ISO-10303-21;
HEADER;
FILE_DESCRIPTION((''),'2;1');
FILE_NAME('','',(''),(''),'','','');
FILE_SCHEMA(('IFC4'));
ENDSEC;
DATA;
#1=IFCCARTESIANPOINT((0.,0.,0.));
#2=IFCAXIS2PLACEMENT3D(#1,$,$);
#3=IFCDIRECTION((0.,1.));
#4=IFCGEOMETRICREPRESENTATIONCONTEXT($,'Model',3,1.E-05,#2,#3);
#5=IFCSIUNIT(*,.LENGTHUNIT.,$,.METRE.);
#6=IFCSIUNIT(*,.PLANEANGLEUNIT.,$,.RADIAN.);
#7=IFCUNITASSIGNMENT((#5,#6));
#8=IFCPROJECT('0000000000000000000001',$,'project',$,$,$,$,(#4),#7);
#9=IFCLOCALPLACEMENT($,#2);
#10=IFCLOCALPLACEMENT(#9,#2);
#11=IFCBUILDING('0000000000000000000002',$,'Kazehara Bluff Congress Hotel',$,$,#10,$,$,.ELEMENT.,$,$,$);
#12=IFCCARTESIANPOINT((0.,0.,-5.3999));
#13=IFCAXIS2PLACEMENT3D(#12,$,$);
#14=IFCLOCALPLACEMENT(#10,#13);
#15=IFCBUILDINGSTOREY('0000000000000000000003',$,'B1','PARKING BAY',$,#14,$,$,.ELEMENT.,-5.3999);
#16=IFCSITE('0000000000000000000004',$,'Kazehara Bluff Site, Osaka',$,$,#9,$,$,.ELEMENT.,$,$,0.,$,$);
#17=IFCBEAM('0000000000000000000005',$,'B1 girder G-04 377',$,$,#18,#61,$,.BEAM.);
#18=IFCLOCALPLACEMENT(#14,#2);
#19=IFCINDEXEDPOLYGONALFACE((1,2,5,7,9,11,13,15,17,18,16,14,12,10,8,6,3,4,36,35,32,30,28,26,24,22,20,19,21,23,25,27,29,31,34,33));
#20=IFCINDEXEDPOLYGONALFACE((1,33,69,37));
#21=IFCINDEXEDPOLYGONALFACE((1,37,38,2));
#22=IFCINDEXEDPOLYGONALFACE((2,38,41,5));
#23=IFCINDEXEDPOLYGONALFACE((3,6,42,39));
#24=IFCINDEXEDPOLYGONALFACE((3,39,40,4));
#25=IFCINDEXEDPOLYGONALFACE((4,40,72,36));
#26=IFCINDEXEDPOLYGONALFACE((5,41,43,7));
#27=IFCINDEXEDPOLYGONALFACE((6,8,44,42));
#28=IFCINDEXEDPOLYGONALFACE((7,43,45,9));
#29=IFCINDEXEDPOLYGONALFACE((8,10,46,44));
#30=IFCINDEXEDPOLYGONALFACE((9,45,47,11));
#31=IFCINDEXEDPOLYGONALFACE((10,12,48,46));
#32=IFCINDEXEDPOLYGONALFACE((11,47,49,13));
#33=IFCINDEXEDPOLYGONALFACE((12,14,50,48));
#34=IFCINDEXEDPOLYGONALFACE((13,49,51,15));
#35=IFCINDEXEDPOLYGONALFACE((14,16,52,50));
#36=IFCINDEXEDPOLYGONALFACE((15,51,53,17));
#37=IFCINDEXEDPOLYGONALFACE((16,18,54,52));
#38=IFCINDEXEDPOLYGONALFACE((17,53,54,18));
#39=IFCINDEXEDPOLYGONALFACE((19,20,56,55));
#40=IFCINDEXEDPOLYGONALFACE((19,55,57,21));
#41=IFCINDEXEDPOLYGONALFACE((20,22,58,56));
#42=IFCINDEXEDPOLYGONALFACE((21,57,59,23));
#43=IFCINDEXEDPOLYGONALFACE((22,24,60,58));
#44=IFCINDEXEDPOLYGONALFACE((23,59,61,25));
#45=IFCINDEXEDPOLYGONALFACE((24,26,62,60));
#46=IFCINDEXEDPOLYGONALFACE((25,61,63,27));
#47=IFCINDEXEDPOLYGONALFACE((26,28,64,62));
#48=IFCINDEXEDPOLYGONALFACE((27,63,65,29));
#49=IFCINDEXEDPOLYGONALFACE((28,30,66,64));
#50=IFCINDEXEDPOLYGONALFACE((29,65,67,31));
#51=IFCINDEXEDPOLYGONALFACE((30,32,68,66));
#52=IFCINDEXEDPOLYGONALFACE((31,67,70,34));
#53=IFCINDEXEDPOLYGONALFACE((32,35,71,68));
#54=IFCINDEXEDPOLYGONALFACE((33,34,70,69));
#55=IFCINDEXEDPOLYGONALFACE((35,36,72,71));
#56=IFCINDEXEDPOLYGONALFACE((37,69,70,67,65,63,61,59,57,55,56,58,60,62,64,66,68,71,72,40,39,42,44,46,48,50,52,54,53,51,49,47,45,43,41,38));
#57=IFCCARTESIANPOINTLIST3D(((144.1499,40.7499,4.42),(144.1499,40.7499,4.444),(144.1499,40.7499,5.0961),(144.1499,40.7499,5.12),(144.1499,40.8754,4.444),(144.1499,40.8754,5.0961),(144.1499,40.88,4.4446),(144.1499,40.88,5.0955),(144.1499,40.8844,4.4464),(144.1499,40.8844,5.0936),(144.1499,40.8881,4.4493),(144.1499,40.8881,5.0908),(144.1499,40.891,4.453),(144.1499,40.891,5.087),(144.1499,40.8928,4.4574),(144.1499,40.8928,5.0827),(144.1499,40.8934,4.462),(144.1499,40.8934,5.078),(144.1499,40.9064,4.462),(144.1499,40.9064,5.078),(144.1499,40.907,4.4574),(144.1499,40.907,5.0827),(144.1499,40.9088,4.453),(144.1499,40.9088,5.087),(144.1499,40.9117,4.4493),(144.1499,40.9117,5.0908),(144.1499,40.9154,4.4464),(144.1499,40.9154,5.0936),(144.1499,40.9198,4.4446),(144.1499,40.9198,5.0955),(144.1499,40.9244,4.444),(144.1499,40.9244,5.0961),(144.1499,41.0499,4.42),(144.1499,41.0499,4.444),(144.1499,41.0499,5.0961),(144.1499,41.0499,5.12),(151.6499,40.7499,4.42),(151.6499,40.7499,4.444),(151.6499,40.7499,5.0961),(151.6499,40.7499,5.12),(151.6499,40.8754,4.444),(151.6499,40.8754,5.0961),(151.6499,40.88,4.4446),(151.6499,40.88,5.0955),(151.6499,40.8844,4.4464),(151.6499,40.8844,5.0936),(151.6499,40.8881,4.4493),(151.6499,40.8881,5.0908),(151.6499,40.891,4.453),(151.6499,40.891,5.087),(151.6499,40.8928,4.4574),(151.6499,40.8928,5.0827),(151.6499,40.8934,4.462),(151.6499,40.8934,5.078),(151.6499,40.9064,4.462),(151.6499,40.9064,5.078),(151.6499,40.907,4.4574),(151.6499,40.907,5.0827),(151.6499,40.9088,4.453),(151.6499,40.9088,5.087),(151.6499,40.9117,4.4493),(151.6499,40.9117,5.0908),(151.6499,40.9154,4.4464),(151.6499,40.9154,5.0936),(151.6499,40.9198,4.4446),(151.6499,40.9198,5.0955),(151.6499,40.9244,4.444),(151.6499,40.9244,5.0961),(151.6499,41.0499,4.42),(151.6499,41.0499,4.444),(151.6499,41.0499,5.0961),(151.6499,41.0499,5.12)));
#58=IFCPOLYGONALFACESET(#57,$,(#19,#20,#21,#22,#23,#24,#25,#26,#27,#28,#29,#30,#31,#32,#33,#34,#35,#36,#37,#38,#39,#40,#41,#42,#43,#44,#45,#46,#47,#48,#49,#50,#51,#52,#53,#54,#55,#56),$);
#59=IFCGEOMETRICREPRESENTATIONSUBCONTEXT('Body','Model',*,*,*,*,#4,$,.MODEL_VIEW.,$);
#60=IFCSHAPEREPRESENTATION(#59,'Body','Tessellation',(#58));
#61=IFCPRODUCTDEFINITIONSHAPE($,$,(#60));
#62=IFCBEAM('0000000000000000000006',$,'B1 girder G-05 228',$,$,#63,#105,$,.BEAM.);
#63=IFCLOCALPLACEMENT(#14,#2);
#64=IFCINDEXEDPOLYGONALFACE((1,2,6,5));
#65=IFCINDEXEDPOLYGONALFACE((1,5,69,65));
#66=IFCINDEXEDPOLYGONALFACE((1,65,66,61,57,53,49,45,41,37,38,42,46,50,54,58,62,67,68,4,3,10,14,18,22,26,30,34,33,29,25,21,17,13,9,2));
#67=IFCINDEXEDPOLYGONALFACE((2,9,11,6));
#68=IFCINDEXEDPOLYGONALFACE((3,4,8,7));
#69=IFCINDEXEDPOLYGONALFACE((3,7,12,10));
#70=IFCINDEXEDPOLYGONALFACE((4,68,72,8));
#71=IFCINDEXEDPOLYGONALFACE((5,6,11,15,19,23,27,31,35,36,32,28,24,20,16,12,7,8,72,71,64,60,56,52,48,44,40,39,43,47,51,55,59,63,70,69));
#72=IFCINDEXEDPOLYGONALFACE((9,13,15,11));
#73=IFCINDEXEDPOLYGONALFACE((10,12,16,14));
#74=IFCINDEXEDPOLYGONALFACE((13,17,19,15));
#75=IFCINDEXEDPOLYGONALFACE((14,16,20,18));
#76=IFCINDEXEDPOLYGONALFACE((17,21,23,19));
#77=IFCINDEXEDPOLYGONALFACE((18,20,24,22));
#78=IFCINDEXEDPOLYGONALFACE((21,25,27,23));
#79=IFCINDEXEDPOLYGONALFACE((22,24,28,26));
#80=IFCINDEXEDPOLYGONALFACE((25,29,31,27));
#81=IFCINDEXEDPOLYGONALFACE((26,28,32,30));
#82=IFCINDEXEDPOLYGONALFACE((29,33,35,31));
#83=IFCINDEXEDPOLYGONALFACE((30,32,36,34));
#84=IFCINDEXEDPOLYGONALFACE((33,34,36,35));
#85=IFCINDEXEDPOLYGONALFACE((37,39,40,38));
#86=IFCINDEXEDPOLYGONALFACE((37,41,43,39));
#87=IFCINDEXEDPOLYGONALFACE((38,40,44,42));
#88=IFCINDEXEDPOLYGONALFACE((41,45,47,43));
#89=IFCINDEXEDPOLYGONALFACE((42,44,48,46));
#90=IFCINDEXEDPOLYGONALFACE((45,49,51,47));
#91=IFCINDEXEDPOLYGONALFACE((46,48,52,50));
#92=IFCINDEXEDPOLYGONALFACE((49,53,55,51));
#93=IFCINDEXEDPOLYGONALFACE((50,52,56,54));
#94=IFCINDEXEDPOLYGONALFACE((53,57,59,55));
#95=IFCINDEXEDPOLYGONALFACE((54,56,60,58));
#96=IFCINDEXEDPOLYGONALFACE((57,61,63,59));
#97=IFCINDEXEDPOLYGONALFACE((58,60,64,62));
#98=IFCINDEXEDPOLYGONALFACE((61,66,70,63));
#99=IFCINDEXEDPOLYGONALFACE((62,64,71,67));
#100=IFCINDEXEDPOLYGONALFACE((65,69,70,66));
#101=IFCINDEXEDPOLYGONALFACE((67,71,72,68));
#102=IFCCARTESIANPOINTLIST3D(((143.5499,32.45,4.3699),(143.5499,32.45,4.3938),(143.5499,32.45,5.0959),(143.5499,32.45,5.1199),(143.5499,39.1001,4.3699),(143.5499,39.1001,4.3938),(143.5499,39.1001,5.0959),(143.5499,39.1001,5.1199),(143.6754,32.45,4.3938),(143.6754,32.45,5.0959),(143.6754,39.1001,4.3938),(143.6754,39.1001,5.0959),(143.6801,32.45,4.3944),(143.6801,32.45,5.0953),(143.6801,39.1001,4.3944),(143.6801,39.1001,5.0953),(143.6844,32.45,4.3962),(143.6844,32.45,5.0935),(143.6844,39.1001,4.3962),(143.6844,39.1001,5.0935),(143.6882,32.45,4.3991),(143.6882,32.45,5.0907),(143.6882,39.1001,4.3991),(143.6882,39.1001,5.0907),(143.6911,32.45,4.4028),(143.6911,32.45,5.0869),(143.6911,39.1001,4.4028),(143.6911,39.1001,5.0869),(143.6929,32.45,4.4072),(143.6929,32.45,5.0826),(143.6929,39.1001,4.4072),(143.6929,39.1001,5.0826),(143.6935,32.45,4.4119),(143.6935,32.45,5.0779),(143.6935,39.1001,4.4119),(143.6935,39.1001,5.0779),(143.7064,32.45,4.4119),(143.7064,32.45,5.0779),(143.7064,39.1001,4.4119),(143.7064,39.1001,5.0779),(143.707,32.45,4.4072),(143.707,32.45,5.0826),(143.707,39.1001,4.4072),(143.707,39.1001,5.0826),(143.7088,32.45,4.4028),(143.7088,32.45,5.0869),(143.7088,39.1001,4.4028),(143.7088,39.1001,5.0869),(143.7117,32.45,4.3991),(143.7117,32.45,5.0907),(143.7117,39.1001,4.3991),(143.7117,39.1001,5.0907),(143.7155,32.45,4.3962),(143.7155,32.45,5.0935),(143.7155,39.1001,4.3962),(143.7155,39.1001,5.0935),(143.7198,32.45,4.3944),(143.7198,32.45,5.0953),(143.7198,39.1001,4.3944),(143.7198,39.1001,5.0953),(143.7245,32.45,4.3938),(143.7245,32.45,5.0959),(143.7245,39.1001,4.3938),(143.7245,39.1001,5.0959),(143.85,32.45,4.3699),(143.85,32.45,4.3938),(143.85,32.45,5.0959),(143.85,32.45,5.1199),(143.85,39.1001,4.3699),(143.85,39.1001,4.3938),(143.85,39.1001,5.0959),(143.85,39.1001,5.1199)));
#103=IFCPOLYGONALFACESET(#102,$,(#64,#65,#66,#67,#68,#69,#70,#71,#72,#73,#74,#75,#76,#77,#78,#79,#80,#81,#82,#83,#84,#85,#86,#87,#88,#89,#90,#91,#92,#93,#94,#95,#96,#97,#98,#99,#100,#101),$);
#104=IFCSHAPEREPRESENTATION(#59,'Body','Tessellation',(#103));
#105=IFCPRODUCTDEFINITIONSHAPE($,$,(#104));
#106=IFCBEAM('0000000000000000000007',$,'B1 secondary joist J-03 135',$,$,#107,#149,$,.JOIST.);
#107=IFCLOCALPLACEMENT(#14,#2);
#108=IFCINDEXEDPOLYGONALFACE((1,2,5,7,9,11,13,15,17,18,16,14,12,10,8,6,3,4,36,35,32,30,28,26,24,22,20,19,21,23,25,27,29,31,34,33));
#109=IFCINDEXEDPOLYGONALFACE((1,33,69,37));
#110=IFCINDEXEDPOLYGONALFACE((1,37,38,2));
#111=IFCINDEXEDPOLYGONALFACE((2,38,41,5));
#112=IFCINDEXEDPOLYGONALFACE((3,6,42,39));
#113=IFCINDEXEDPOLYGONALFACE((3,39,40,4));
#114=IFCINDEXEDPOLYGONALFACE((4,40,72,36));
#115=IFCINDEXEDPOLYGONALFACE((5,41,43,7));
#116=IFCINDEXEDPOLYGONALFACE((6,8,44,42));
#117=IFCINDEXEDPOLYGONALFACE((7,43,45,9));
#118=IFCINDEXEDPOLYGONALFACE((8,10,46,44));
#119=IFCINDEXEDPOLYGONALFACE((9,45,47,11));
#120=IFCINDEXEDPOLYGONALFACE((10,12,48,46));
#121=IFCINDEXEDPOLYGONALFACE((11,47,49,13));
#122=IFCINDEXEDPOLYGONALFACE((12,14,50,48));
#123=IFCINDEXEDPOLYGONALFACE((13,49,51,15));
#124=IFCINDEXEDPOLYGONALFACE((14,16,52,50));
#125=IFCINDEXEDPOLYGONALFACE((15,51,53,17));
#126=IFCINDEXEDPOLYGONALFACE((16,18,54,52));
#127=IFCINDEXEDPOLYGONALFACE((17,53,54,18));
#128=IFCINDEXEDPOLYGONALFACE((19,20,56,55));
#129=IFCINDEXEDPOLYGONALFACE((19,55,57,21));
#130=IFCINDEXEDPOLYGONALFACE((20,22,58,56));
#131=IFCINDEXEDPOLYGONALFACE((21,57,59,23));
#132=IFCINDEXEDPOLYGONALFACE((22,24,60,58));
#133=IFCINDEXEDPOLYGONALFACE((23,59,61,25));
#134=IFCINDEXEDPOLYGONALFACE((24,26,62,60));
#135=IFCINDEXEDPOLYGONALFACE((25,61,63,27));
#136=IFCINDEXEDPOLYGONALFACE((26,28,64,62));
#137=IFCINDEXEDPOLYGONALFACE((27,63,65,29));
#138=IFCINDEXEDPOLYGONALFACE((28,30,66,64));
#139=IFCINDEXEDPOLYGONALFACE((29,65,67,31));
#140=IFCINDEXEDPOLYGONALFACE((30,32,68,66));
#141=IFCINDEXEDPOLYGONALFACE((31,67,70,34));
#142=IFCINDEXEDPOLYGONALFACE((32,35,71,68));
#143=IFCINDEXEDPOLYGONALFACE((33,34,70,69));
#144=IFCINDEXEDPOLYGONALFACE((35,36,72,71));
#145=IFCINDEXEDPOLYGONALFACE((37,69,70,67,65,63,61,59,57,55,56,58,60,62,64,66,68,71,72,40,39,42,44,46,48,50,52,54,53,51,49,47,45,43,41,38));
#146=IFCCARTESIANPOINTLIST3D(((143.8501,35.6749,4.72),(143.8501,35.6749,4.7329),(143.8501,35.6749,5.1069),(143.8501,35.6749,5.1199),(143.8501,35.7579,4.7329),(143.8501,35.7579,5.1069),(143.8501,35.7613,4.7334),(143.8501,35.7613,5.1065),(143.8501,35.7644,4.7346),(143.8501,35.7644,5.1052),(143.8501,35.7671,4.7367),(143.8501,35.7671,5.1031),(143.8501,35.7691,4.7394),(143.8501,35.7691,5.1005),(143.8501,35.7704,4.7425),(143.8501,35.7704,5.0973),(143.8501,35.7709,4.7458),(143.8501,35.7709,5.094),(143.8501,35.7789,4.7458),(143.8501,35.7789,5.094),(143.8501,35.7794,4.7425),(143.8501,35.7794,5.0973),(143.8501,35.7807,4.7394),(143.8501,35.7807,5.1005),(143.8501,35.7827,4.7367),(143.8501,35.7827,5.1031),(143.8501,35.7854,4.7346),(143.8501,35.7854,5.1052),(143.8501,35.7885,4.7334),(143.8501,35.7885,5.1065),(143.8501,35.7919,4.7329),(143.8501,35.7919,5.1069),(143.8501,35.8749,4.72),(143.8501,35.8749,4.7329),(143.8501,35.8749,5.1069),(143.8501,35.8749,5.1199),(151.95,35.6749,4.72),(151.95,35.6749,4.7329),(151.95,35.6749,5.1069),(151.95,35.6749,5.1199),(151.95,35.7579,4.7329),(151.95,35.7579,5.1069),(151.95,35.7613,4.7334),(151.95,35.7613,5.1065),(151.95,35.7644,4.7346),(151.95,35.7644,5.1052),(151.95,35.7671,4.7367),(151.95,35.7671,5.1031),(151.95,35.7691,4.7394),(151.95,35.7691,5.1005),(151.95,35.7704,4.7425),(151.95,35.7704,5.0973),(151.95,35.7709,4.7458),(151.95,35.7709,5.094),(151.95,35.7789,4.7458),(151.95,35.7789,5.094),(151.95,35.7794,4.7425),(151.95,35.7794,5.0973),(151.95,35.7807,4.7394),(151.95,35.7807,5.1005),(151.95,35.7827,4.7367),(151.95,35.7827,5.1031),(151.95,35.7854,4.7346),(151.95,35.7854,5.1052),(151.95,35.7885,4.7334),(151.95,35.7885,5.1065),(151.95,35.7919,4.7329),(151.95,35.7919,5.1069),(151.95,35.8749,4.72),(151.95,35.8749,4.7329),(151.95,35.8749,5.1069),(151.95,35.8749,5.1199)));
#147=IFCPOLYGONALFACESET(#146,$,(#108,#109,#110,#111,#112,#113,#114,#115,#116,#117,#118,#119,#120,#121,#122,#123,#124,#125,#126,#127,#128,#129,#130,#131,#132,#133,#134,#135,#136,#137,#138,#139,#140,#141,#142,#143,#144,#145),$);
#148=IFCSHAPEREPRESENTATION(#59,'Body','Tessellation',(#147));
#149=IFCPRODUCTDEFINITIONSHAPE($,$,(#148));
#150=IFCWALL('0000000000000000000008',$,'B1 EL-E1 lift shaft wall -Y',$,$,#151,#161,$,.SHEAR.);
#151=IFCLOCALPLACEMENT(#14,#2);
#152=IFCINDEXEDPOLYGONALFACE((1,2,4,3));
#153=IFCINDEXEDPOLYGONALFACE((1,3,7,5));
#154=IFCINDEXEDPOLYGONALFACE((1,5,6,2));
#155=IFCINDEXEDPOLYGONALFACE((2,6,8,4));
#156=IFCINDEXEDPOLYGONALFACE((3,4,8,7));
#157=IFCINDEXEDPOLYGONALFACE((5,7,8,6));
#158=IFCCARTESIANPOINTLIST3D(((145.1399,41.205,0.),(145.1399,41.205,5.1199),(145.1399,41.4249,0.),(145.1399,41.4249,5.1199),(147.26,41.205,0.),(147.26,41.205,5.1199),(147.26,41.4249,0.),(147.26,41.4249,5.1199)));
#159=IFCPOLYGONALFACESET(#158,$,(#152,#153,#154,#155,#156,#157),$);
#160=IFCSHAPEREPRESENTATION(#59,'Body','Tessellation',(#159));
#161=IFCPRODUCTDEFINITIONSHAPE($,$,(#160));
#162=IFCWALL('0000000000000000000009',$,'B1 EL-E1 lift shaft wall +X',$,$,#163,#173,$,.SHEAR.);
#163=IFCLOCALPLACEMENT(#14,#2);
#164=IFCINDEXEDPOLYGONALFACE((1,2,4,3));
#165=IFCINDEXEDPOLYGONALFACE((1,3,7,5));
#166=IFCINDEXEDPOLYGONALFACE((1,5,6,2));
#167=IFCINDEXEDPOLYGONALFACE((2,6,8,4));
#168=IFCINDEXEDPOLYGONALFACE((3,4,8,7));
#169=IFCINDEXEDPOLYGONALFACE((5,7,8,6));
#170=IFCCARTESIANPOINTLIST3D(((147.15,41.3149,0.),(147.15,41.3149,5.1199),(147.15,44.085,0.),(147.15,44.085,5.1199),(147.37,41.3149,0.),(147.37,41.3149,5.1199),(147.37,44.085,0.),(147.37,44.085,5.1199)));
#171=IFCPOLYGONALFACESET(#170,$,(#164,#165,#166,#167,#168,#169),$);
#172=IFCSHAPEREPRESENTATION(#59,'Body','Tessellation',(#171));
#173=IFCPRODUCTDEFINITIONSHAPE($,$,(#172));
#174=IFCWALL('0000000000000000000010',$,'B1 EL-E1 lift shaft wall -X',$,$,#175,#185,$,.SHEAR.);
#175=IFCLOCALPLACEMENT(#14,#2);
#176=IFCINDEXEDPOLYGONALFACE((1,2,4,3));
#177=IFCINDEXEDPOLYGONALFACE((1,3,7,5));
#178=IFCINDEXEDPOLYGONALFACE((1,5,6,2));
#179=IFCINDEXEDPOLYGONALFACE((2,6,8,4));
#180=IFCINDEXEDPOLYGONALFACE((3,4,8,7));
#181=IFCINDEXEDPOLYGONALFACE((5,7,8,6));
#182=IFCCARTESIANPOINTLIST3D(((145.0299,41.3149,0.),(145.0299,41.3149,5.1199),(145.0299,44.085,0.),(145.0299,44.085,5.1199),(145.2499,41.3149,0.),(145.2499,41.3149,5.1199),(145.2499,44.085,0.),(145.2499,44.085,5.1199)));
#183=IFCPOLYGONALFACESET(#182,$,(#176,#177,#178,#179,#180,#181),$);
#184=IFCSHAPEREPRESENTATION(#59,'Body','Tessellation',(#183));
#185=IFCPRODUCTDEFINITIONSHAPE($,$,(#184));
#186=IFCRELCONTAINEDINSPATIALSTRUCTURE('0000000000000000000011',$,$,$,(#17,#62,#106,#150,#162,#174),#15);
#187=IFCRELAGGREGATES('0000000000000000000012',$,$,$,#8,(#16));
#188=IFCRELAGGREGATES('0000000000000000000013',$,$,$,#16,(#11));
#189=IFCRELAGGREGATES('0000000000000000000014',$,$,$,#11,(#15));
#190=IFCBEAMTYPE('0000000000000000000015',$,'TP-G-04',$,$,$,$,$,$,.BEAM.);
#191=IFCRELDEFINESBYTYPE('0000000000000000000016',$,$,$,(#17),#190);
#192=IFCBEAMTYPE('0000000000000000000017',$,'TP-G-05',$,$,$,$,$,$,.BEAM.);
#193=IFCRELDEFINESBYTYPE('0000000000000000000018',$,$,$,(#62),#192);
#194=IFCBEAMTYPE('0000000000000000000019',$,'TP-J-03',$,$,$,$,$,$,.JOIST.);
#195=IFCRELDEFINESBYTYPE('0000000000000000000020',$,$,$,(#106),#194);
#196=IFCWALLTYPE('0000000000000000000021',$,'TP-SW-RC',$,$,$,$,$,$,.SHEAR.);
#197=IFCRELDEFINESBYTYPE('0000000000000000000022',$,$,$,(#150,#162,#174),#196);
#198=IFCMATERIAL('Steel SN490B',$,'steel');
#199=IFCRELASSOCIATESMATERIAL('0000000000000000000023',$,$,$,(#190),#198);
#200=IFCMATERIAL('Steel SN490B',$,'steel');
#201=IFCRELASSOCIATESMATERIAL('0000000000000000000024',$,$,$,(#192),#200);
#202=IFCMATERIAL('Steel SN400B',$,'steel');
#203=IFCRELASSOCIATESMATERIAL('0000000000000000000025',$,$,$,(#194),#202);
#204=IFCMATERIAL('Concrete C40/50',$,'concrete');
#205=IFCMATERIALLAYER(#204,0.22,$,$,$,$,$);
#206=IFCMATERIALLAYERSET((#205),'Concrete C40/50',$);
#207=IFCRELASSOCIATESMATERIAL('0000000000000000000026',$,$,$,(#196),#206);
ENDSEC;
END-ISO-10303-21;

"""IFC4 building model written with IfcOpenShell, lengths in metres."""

from ifc_helpers import new_model, si_unit, direction, frame, frame_2d, origin, origin_2d, place, context, subcontext, project, spatial, rectangle, i_section, extrude, material, layer, layer_set, material_profile, profile_set, type_object, element, save


model = new_model("IFC4")

# Units and contexts
model_context = context("Model", 3, precision=1e-05, world=origin(), true_north=direction((0.0, 1.0)))
body_context = subcontext(model_context, "Body", "Model", "MODEL_VIEW")
ifc_project = project(units=[si_unit("LENGTHUNIT", "METRE"), si_unit("PLANEANGLEUNIT", "RADIAN")], contexts=[model_context])

# Site, building, storey
site_placement = place(None, origin())
site = spatial("IfcSite", under=ifc_project, at=site_placement, Name="Kazehara Bluff Site, Osaka", CompositionType="ELEMENT", RefElevation=0.0)
building_placement = place(site_placement, origin())
building = spatial("IfcBuilding", under=site, at=building_placement, Name="Kazehara Bluff Congress Hotel", CompositionType="ELEMENT")
storey_placement = place(building_placement, frame((0.0, 0.0, -5.3999)))
storey = spatial("IfcBuildingStorey", under=building, at=storey_placement, Name="B1", Description="PARKING BAY", CompositionType="ELEMENT", Elevation=-5.3999)

# Beams
ifc_material_1 = material(Name="Steel SN490B", Category="steel")
ifc_material_profile_1 = material_profile(ifc_material_1, i_section(OverallWidth=0.3, OverallDepth=0.7, WebThickness=0.0129, FlangeThickness=0.0239, FilletRadius=0.0181, at=origin_2d()))
ifc_profile_set_1 = profile_set([ifc_material_profile_1], Name="Steel SN490B")
beam_type_1 = type_object("IfcBeamType", Name="TP-G-04", PredefinedType="BEAM", material=ifc_profile_set_1)
for number, where, z_axis, x_axis, name in (
    (1, (144.1499, 40.8999, 4.77), (1.0, 0.0, 0.0), (0.0, 1.0, 0.0), "B1 girder G-04 377"),
):
    element("IfcBeam", number, at=place(storey_placement, frame(where, z_axis=z_axis, x_axis=x_axis)), inside=storey, type_object=beam_type_1, Name=name, PredefinedType="BEAM", context=body_context, shape_type="SweptSolid", body=[
        extrude(i_section(OverallWidth=0.3, OverallDepth=0.7, WebThickness=0.0129, FlangeThickness=0.0239, FilletRadius=0.0181, at=origin_2d()), origin(), (0.0, 0.0, 1.0), 7.5),
    ])
ifc_material_2 = material(Name="Steel SN490B", Category="steel")
ifc_material_profile_2 = material_profile(ifc_material_2, i_section(OverallWidth=0.3, OverallDepth=0.75, WebThickness=0.0129, FlangeThickness=0.0239, FilletRadius=0.0181, at=origin_2d()))
ifc_profile_set_2 = profile_set([ifc_material_profile_2], Name="Steel SN490B")
beam_type_2 = type_object("IfcBeamType", Name="TP-G-05", PredefinedType="BEAM", material=ifc_profile_set_2)
beam_1_placement = place(storey_placement, frame((143.7, 32.45, 4.7449), z_axis=(0.0, 1.0, 0.0), x_axis=(-1.0, 0.0, 0.0)))
element("IfcBeam", 2, at=beam_1_placement, inside=storey, type_object=beam_type_2, Name="B1 girder G-05 228", PredefinedType="BEAM", context=body_context, shape_type="SweptSolid", body=[
    extrude(i_section(OverallWidth=0.3, OverallDepth=0.75, WebThickness=0.0129, FlangeThickness=0.0239, FilletRadius=0.0181, at=origin_2d()), origin(), (0.0, 0.0, 1.0), 6.6501),
])
ifc_material_3 = material(Name="Steel SN400B", Category="steel")
ifc_material_profile_3 = material_profile(ifc_material_3, i_section(OverallWidth=0.2, OverallDepth=0.3999, WebThickness=0.0081, FlangeThickness=0.0129, FilletRadius=0.0129, at=origin_2d()))
ifc_profile_set_3 = profile_set([ifc_material_profile_3], Name="Steel SN400B")
beam_type_3 = type_object("IfcBeamType", Name="TP-J-03", PredefinedType="JOIST", material=ifc_profile_set_3)
beam_2_placement = place(storey_placement, frame((143.8501, 35.7749, 4.9199), z_axis=(1.0, 0.0, 0.0), x_axis=(0.0, 1.0, 0.0)))
element("IfcBeam", 3, at=beam_2_placement, inside=storey, type_object=beam_type_3, Name="B1 secondary joist J-03 135", PredefinedType="JOIST", context=body_context, shape_type="SweptSolid", body=[
    extrude(i_section(OverallWidth=0.2, OverallDepth=0.3999, WebThickness=0.0081, FlangeThickness=0.0129, FilletRadius=0.0129, at=origin_2d()), origin(), (0.0, 0.0, 1.0), 8.0999),
])

# Walls
ifc_material_4 = material(Name="Concrete C40/50", Category="concrete")
ifc_layer_1 = layer(ifc_material_4, 0.22)
ifc_layer_set_1 = layer_set([ifc_layer_1], Name="Concrete C40/50")
wall_type = type_object("IfcWallType", Name="TP-SW-RC", PredefinedType="SHEAR", material=ifc_layer_set_1)
wall_1_placement = place(storey_placement, frame((145.1399, 41.3149, 0.0), z_axis=(0.0, 0.0, 1.0), x_axis=(1.0, 0.0, 0.0)))
element("IfcWall", 4, at=wall_1_placement, inside=storey, type_object=wall_type, Name="B1 EL-E1 lift shaft wall -Y", PredefinedType="SHEAR", context=body_context, shape_type="SweptSolid", body=[
    extrude(rectangle(XDim=2.1201, YDim=0.22, at=frame_2d((1.0601, 0.0))), origin(), (0.0, 0.0, 1.0), 5.1199),
])
for number, where, z_axis, x_axis, name in (
    (5, (147.26, 41.3149, 0.0), (0.0, 0.0, 1.0), (0.0, 1.0, 0.0), "B1 EL-E1 lift shaft wall +X"),
    (6, (145.1399, 41.3149, 0.0), (0.0, 0.0, 1.0), (0.0, 1.0, 0.0), "B1 EL-E1 lift shaft wall -X"),
):
    element("IfcWall", number, at=place(storey_placement, frame(where, z_axis=z_axis, x_axis=x_axis)), inside=storey, type_object=wall_type, Name=name, PredefinedType="SHEAR", context=body_context, shape_type="SweptSolid", body=[
        extrude(rectangle(XDim=2.77, YDim=0.22, at=frame_2d((1.385, 0.0))), origin(), (0.0, 0.0, 1.0), 5.1199),
    ])

save(model, "model.ifc")
